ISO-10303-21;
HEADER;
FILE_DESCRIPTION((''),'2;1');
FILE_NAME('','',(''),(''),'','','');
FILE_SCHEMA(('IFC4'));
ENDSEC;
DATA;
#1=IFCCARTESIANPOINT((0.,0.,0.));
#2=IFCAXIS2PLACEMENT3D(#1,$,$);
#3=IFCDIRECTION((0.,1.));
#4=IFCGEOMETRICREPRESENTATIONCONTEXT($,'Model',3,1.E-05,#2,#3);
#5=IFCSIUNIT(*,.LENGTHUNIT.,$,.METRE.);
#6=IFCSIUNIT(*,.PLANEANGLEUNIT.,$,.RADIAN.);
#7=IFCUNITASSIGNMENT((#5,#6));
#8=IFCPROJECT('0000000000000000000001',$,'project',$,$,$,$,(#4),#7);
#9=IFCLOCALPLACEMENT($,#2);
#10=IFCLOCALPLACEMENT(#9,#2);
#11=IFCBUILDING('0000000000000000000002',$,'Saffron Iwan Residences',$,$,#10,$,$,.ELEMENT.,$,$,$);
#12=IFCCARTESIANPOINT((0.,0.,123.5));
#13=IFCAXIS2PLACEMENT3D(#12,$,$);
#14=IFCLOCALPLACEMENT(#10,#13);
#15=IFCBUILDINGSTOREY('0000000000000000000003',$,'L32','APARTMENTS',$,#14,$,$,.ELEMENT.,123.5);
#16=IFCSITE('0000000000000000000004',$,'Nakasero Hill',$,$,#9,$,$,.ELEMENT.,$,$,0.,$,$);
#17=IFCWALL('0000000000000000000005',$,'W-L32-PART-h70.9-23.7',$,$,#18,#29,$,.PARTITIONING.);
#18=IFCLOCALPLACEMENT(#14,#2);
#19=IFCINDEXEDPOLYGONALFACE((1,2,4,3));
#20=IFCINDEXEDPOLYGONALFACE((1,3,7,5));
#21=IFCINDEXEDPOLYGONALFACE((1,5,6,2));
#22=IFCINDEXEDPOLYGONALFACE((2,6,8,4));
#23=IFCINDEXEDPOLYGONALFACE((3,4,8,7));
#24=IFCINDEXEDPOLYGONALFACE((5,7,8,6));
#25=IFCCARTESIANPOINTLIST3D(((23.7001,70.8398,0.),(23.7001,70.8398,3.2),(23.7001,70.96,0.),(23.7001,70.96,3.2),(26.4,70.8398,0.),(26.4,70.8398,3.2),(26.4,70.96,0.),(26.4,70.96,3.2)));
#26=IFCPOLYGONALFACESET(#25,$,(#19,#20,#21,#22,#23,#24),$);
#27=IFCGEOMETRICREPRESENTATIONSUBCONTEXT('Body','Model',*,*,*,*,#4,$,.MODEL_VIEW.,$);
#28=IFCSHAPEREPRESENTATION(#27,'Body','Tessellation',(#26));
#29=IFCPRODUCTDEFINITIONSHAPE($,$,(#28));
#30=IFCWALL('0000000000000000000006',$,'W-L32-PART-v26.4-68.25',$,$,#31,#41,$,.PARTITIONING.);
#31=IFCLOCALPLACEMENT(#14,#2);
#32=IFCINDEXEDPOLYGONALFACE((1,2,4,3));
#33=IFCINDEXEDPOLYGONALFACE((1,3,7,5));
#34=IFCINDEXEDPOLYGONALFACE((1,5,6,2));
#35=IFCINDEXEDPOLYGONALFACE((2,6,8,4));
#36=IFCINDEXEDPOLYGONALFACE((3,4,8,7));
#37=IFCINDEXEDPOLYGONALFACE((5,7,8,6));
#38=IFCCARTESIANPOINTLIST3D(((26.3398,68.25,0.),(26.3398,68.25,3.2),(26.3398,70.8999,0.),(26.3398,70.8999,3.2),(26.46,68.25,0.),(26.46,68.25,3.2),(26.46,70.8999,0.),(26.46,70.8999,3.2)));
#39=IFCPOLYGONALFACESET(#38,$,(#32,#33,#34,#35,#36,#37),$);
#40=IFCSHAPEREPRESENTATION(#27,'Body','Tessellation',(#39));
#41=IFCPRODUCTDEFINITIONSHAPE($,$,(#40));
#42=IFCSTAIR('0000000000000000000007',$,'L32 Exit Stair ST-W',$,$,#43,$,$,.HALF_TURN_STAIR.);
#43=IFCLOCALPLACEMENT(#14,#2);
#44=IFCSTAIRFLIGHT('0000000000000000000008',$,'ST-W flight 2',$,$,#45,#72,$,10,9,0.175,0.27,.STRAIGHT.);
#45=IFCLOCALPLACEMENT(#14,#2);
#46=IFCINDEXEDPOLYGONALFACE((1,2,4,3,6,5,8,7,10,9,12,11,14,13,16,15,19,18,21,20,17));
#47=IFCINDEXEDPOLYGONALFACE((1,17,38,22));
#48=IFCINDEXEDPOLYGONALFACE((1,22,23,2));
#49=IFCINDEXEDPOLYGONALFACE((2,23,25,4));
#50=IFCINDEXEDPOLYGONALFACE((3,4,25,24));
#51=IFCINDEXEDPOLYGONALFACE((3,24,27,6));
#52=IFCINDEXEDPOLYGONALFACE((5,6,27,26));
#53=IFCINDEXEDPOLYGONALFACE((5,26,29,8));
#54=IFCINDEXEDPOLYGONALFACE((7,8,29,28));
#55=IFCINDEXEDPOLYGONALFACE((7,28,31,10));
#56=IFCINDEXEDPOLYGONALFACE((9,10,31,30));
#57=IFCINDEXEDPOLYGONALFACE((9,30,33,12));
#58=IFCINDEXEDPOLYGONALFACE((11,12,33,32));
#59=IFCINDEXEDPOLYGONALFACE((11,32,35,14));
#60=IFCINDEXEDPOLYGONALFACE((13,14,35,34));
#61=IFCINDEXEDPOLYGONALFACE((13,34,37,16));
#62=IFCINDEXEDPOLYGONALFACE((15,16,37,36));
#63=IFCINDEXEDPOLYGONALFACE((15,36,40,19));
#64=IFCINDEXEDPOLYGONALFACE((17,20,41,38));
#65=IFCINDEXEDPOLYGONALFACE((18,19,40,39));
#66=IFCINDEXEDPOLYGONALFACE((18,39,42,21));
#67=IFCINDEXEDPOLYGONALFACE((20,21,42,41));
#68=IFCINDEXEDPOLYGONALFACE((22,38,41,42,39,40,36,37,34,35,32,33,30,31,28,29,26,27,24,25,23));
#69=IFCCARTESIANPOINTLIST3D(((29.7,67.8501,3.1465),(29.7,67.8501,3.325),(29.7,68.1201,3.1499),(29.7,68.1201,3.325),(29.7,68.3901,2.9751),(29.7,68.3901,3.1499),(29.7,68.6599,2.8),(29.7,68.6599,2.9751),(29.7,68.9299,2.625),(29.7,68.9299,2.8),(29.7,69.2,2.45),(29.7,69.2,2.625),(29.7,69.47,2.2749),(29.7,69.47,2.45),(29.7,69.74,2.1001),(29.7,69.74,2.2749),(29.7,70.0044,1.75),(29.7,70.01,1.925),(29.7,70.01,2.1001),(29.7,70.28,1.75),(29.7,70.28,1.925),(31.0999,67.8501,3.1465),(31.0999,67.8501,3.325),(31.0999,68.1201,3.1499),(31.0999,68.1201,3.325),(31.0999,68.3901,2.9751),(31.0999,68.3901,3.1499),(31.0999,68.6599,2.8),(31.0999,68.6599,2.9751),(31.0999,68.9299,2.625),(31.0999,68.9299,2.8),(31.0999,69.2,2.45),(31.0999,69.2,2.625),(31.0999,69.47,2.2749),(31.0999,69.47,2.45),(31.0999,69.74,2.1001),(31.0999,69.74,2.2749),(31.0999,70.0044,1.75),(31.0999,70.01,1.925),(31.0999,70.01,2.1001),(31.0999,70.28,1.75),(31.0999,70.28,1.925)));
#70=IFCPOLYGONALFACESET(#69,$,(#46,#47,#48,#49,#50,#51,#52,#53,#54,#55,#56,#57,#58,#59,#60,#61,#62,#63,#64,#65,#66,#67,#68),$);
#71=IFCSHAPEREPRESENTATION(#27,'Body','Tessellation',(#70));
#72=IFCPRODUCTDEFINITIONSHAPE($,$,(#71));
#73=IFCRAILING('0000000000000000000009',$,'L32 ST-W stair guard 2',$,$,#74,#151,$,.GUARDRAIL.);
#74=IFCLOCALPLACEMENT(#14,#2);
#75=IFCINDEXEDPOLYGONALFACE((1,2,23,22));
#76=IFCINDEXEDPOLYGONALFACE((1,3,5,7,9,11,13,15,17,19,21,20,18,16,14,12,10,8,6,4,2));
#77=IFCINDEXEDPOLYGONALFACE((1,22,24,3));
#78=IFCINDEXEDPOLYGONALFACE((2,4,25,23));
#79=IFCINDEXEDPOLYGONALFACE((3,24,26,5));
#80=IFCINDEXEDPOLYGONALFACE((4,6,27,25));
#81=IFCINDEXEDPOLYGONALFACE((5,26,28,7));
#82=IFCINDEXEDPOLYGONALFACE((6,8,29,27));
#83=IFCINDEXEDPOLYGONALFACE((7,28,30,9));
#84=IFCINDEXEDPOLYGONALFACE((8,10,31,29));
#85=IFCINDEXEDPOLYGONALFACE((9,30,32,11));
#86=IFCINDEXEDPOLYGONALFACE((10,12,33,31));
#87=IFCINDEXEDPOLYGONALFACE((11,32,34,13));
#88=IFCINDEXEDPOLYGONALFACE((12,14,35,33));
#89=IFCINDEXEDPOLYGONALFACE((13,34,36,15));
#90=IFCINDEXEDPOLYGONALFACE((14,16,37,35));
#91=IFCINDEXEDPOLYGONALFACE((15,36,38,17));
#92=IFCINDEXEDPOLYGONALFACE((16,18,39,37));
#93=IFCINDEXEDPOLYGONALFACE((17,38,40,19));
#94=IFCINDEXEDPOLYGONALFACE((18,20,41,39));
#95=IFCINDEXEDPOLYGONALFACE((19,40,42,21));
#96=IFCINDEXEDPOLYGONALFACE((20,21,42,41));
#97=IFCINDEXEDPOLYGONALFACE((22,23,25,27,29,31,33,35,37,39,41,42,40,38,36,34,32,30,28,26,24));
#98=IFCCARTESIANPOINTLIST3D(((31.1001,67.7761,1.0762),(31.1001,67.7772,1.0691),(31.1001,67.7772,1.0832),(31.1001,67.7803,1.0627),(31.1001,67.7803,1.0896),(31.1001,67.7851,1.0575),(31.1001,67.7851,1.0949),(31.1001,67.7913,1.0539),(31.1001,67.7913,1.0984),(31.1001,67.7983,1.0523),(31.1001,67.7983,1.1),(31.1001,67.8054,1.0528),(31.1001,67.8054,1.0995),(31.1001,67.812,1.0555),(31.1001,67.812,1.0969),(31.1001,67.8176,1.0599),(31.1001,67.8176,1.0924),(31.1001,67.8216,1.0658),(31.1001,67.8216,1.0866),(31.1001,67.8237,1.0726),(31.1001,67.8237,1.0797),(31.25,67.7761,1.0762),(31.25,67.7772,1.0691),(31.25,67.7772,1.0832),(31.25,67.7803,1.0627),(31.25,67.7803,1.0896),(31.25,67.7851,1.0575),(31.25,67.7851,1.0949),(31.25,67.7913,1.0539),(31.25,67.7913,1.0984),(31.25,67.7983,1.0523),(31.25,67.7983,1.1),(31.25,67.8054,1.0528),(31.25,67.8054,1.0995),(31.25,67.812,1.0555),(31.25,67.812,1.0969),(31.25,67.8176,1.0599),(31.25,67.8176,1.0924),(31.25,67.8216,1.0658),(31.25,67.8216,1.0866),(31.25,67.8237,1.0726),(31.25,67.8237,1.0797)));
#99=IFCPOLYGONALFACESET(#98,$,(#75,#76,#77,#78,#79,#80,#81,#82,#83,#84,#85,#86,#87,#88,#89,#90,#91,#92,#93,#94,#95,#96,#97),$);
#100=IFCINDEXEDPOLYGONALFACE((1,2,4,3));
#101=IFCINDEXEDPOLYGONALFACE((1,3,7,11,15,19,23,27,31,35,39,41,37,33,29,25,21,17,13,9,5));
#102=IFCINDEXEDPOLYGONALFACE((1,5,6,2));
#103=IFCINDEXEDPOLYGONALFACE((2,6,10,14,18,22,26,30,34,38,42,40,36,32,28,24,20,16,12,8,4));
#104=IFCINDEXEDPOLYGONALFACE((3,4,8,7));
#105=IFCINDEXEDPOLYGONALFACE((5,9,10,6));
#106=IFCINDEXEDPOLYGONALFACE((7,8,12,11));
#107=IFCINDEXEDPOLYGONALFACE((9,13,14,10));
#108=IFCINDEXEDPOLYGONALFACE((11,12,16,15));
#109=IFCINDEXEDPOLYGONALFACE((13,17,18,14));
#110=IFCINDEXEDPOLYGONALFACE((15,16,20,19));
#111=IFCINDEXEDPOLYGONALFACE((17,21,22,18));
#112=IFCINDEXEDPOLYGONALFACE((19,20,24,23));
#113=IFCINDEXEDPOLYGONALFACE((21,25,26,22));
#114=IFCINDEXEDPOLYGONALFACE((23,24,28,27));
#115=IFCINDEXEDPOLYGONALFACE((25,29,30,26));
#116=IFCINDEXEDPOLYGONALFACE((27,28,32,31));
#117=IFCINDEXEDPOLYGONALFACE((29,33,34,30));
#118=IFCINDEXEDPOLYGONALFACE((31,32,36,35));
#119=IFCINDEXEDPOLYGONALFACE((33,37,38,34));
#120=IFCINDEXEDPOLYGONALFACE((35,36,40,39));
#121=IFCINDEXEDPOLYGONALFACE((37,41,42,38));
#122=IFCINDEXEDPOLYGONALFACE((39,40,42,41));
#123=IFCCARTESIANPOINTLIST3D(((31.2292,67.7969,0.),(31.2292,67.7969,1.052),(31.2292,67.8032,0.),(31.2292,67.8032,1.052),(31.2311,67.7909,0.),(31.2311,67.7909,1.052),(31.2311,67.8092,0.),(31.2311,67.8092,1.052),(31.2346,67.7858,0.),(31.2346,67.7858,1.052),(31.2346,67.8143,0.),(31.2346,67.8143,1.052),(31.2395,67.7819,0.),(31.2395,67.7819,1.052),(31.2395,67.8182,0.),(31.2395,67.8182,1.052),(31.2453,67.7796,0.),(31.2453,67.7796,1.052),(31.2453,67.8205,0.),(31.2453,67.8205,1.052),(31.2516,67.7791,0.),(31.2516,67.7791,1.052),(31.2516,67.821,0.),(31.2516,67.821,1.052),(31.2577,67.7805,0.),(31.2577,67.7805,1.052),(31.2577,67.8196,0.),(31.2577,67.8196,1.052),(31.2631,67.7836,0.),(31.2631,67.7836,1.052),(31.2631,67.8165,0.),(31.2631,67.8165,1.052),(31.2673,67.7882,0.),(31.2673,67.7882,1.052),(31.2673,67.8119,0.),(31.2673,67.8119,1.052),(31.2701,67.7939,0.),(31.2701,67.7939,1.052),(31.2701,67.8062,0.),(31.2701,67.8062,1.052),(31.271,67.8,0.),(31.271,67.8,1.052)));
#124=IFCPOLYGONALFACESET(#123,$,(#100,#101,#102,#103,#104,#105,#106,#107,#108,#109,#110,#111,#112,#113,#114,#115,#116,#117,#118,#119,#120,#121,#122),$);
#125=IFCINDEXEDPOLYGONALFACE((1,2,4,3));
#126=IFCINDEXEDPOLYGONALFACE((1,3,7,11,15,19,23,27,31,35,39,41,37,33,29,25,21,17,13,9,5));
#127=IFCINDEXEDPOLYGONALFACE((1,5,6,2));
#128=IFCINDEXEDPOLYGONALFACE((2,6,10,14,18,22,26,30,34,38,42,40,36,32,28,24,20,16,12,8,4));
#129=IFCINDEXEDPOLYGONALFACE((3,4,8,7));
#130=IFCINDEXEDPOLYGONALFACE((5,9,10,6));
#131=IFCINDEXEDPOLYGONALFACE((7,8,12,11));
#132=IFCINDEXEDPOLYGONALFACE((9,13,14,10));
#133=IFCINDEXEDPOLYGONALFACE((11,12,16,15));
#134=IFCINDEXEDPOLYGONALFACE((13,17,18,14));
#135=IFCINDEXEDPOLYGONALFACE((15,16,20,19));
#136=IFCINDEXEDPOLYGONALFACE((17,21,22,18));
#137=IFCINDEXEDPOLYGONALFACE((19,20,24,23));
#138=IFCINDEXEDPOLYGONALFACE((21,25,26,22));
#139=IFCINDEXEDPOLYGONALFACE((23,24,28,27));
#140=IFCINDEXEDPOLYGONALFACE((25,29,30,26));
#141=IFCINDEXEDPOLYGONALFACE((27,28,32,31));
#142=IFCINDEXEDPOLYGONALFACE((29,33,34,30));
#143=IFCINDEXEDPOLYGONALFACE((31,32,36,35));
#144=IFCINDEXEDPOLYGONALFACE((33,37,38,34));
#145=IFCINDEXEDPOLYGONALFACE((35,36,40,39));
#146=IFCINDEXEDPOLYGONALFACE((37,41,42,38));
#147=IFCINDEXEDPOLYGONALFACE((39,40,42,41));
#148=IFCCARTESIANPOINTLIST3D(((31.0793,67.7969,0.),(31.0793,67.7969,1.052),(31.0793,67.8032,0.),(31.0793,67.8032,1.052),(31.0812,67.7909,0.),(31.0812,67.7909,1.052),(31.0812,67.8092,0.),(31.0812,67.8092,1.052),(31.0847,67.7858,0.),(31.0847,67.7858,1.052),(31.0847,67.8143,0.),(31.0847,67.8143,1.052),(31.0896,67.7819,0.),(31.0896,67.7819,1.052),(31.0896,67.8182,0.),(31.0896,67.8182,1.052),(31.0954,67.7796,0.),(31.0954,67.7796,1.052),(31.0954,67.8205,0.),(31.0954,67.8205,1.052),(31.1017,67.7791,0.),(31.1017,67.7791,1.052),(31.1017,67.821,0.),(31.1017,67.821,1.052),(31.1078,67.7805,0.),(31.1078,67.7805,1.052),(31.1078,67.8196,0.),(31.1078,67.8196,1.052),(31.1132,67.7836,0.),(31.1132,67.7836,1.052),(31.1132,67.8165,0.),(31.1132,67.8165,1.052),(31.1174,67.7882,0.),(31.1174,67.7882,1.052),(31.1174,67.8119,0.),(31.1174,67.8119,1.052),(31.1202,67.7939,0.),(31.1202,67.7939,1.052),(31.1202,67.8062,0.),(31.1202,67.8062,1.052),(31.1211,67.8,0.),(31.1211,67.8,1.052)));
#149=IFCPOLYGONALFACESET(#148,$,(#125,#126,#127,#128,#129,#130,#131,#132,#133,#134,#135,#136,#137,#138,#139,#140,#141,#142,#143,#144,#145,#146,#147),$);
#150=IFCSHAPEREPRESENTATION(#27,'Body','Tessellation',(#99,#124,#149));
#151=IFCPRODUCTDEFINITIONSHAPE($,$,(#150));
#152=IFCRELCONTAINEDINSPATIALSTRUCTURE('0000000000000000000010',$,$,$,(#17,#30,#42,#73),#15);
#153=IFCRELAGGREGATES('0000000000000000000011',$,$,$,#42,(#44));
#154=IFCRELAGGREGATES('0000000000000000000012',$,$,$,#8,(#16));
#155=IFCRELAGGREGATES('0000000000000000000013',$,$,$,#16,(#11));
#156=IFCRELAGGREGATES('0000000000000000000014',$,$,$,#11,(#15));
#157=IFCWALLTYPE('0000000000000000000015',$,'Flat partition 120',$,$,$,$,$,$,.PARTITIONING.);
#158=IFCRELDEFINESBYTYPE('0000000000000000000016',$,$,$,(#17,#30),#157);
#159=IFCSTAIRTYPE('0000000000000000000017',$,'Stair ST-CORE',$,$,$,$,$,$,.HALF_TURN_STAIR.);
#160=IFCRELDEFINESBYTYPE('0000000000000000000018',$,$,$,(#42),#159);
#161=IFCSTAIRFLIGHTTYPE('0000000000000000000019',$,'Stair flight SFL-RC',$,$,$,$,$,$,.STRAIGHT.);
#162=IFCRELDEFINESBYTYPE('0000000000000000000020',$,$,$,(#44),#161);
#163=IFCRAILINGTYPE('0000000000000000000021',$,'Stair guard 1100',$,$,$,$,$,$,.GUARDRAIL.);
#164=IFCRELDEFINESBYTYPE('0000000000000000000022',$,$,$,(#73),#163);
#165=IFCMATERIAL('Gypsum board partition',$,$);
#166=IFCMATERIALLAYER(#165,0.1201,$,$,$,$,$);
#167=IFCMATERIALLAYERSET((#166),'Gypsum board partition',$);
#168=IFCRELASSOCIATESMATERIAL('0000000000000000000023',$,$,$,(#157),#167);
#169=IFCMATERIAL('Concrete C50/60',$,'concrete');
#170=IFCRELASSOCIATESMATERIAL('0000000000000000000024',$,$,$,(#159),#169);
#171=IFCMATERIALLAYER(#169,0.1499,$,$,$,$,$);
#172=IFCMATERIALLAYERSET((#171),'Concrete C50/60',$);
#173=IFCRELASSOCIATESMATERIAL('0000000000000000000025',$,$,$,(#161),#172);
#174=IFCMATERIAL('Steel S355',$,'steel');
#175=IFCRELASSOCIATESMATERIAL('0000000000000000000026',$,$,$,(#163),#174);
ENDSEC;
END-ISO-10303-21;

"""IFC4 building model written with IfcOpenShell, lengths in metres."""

from ifc_helpers import new_model, si_unit, direction, frame, frame_2d, origin, origin_2d, place, context, subcontext, project, spatial, polyline, rectangle, circle, outline, extrude, material, layer, layer_set, type_object, element, aggregate, save


model = new_model("IFC4")

# Units and contexts
model_context = context("Model", 3, precision=1e-05, world=origin(), true_north=direction((0.0, 1.0)))
body_context = subcontext(model_context, "Body", "Model", "MODEL_VIEW")
ifc_project = project(units=[si_unit("LENGTHUNIT", "METRE"), si_unit("PLANEANGLEUNIT", "RADIAN")], contexts=[model_context])

# Site, building, storey
site_placement = place(None, origin())
site = spatial("IfcSite", under=ifc_project, at=site_placement, Name="Nakasero Hill", CompositionType="ELEMENT", RefElevation=0.0)
building_placement = place(site_placement, origin())
building = spatial("IfcBuilding", under=site, at=building_placement, Name="Saffron Iwan Residences", CompositionType="ELEMENT")
storey_placement = place(building_placement, frame((0.0, 0.0, 123.5)))
storey = spatial("IfcBuildingStorey", under=building, at=storey_placement, Name="L32", Description="APARTMENTS", CompositionType="ELEMENT", Elevation=123.5)

# Walls
ifc_material_1 = material(Name="Gypsum board partition")
ifc_layer_1 = layer(ifc_material_1, 0.1201)
ifc_layer_set_1 = layer_set([ifc_layer_1], Name="Gypsum board partition")
wall_type = type_object("IfcWallType", Name="Flat partition 120", PredefinedType="PARTITIONING", material=ifc_layer_set_1)
wall_1_placement = place(storey_placement, frame((23.7, 70.8999, 0.0), z_axis=(0.0, 0.0, 1.0), x_axis=(1.0, 0.0, 0.0)))
element("IfcWall", 1, at=wall_1_placement, inside=storey, type_object=wall_type, Name="W-L32-PART-h70.9-23.7", PredefinedType="PARTITIONING", context=body_context, shape_type="SweptSolid", body=[
    extrude(rectangle(XDim=2.7, YDim=0.1201, at=frame_2d((1.3501, 0.0))), origin(), (0.0, 0.0, 1.0), 3.2),
])
wall_2_placement = place(storey_placement, frame((26.3999, 68.25, 0.0), z_axis=(0.0, 0.0, 1.0), x_axis=(0.0, 1.0, 0.0)))
element("IfcWall", 2, at=wall_2_placement, inside=storey, type_object=wall_type, Name="W-L32-PART-v26.4-68.25", PredefinedType="PARTITIONING", context=body_context, shape_type="SweptSolid", body=[
    extrude(rectangle(XDim=2.6499, YDim=0.1201, at=frame_2d((1.325, 0.0))), origin(), (0.0, 0.0, 1.0), 3.2),
])

# Stair, stair flight
ifc_material_2 = material(Name="Concrete C50/60", Category="concrete")
stair_type = type_object("IfcStairType", Name="Stair ST-CORE", PredefinedType="HALF_TURN_STAIR", material=ifc_material_2)
stair_placement = place(storey_placement, origin())
stair = element("IfcStair", 3, at=stair_placement, inside=storey, type_object=stair_type, Name="L32 Exit Stair ST-W", PredefinedType="HALF_TURN_STAIR")
ifc_layer_2 = layer(ifc_material_2, 0.1499)
ifc_layer_set_2 = layer_set([ifc_layer_2], Name="Concrete C50/60")
stair_flight_type = type_object("IfcStairFlightType", Name="Stair flight SFL-RC", PredefinedType="STRAIGHT", material=ifc_layer_set_2)
stair_flight_placement = place(storey_placement, frame((30.3999, 70.28, 1.75), z_axis=(0.0, 0.0, 1.0), x_axis=(0.0, -1.0, 0.0)))
stair_flight = element("IfcStairFlight", 4, at=stair_flight_placement, type_object=stair_flight_type, Name="ST-W flight 2", NumberOfRisers=10, NumberOfTreads=9, PredefinedType="STRAIGHT", RiserHeight=0.175, TreadLength=0.27, context=body_context, shape_type="SweptSolid", body=[
    extrude(outline(polyline([(0.0, 0.0), (0.0, 0.175), (0.27, 0.175), (0.27, 0.3501), (0.54, 0.3501), (0.54, 0.5249), (0.8101, 0.5249), (0.8101, 0.7), (1.0801, 0.7), (1.0801, 0.875), (1.3501, 0.875), (1.3501, 1.05), (1.6201, 1.05), (1.6201, 1.2251), (1.8899, 1.2251), (1.8899, 1.3999), (2.1599, 1.3999), (2.1599, 1.575), (2.4299, 1.575), (2.4299, 1.75), (2.4299, 1.3965), (0.2756, 0.0), (0.0, 0.0)])), frame((0.0, 0.7, 0.0), z_axis=(0.0, -1.0, 0.0), x_axis=(1.0, 0.0, 0.0)), (0.0, 0.0, 1.0), 1.3999),
])
aggregate(stair, [stair_flight])

# Railing
ifc_material_3 = material(Name="Steel S355", Category="steel")
railing_type_1 = type_object("IfcRailingType", Name="Stair guard 1100", PredefinedType="GUARDRAIL", material=ifc_material_3)
railing_1_placement = place(storey_placement, frame((31.25, 67.8, 0.0)))
element("IfcRailing", 5, at=railing_1_placement, inside=storey, type_object=railing_type_1, Name="L32 ST-W stair guard 2", PredefinedType="GUARDRAIL", context=body_context, shape_type="SweptSolid", body=[
    extrude(circle(Radius=0.0239, at=origin_2d()), frame((0.0, 0.0, 1.0762), z_axis=(-1.0, 0.0, 0.0), x_axis=(0.0, -1.0, 0.0)), (0.0, 0.0, 1.0), 0.1499),
    extrude(circle(Radius=0.021, at=origin_2d()), origin(), (0.0, 0.0, 1.0), 1.052),
    extrude(circle(Radius=0.021, at=origin_2d()), frame((-0.1499, 0.0, 0.0)), (0.0, 0.0, 1.0), 1.052),
])

save(model, "model.ifc")
